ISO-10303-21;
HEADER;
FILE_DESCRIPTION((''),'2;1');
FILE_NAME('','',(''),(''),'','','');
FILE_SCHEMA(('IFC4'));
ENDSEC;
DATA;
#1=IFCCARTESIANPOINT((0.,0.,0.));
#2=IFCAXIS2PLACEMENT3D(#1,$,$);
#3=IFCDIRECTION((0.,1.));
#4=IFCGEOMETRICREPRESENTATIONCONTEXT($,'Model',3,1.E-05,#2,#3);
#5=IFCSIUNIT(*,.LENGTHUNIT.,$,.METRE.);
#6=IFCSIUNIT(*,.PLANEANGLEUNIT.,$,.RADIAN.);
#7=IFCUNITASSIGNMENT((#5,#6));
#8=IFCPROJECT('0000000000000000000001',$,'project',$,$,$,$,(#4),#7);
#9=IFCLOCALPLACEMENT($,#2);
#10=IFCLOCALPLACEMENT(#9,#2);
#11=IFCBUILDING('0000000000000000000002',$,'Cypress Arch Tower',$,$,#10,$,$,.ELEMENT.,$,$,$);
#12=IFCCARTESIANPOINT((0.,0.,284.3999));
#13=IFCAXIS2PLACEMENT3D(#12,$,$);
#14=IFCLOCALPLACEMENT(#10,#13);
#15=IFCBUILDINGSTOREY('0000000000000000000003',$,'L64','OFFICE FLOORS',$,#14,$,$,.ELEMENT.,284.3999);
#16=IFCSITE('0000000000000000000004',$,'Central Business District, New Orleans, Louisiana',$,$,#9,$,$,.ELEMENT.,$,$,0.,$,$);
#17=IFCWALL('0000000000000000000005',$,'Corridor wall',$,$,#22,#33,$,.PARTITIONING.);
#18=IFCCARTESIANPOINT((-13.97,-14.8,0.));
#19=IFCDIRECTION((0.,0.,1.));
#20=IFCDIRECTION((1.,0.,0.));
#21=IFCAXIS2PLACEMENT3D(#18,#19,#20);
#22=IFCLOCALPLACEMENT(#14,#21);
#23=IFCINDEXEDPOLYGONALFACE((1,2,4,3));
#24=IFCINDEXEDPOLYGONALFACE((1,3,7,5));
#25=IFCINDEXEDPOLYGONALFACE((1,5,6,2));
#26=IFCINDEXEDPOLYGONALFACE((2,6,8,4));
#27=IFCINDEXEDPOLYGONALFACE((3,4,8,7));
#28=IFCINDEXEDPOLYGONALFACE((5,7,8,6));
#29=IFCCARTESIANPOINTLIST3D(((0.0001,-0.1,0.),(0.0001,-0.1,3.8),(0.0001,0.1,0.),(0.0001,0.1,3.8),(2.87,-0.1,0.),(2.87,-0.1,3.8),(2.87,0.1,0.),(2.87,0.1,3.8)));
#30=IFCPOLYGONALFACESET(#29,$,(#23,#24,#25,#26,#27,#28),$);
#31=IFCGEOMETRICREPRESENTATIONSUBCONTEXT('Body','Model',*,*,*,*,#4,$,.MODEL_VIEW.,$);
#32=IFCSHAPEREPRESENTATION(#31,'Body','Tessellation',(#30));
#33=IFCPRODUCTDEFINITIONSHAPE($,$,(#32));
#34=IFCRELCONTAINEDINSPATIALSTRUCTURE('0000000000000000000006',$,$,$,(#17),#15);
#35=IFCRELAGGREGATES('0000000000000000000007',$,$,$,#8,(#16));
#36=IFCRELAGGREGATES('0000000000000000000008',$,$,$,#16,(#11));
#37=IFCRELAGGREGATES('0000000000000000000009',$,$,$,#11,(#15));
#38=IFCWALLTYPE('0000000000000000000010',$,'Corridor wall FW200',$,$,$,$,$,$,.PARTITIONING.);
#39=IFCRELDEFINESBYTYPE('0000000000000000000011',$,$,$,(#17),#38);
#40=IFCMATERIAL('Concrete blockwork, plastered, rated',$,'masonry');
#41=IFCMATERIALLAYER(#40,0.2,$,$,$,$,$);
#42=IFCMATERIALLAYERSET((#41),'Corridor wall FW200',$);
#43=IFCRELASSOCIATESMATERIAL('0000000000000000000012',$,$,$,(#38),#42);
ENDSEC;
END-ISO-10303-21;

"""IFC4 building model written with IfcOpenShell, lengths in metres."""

from ifc_helpers import new_model, si_unit, direction, frame, frame_2d, origin, place, context, subcontext, project, spatial, rectangle, extrude, material, layer, layer_set, type_object, element, save


model = new_model("IFC4")

# Units and contexts
model_context = context("Model", 3, precision=1e-05, world=origin(), true_north=direction((0.0, 1.0)))
body_context = subcontext(model_context, "Body", "Model", "MODEL_VIEW")
ifc_project = project(units=[si_unit("LENGTHUNIT", "METRE"), si_unit("PLANEANGLEUNIT", "RADIAN")], contexts=[model_context])

# Site, building, storey
site_placement = place(None, origin())
site = spatial("IfcSite", under=ifc_project, at=site_placement, Name="Central Business District, New Orleans, Louisiana", CompositionType="ELEMENT", RefElevation=0.0)
building_placement = place(site_placement, origin())
building = spatial("IfcBuilding", under=site, at=building_placement, Name="Cypress Arch Tower", CompositionType="ELEMENT")
storey_placement = place(building_placement, frame((0.0, 0.0, 284.3999)))
storey = spatial("IfcBuildingStorey", under=building, at=storey_placement, Name="L64", Description="OFFICE FLOORS", CompositionType="ELEMENT", Elevation=284.3999)

# Wall
ifc_material_1 = material(Name="Concrete blockwork, plastered, rated", Category="masonry")
ifc_layer_1 = layer(ifc_material_1, 0.2)
ifc_layer_set_1 = layer_set([ifc_layer_1], Name="Corridor wall FW200")
wall_type_1 = type_object("IfcWallType", Name="Corridor wall FW200", PredefinedType="PARTITIONING", material=ifc_layer_set_1)
wall_1_placement = place(storey_placement, frame((-13.97, -14.8, 0.0), z_axis=(0.0, 0.0, 1.0), x_axis=(1.0, 0.0, 0.0)))
element("IfcWall", 1, at=wall_1_placement, inside=storey, type_object=wall_type_1, Name="Corridor wall", PredefinedType="PARTITIONING", context=body_context, shape_type="SweptSolid", body=[
    extrude(rectangle(XDim=2.8699, YDim=0.2, at=frame_2d((1.4351, 0.0))), origin(), (0.0, 0.0, 1.0), 3.8),
])

save(model, "model.ifc")
